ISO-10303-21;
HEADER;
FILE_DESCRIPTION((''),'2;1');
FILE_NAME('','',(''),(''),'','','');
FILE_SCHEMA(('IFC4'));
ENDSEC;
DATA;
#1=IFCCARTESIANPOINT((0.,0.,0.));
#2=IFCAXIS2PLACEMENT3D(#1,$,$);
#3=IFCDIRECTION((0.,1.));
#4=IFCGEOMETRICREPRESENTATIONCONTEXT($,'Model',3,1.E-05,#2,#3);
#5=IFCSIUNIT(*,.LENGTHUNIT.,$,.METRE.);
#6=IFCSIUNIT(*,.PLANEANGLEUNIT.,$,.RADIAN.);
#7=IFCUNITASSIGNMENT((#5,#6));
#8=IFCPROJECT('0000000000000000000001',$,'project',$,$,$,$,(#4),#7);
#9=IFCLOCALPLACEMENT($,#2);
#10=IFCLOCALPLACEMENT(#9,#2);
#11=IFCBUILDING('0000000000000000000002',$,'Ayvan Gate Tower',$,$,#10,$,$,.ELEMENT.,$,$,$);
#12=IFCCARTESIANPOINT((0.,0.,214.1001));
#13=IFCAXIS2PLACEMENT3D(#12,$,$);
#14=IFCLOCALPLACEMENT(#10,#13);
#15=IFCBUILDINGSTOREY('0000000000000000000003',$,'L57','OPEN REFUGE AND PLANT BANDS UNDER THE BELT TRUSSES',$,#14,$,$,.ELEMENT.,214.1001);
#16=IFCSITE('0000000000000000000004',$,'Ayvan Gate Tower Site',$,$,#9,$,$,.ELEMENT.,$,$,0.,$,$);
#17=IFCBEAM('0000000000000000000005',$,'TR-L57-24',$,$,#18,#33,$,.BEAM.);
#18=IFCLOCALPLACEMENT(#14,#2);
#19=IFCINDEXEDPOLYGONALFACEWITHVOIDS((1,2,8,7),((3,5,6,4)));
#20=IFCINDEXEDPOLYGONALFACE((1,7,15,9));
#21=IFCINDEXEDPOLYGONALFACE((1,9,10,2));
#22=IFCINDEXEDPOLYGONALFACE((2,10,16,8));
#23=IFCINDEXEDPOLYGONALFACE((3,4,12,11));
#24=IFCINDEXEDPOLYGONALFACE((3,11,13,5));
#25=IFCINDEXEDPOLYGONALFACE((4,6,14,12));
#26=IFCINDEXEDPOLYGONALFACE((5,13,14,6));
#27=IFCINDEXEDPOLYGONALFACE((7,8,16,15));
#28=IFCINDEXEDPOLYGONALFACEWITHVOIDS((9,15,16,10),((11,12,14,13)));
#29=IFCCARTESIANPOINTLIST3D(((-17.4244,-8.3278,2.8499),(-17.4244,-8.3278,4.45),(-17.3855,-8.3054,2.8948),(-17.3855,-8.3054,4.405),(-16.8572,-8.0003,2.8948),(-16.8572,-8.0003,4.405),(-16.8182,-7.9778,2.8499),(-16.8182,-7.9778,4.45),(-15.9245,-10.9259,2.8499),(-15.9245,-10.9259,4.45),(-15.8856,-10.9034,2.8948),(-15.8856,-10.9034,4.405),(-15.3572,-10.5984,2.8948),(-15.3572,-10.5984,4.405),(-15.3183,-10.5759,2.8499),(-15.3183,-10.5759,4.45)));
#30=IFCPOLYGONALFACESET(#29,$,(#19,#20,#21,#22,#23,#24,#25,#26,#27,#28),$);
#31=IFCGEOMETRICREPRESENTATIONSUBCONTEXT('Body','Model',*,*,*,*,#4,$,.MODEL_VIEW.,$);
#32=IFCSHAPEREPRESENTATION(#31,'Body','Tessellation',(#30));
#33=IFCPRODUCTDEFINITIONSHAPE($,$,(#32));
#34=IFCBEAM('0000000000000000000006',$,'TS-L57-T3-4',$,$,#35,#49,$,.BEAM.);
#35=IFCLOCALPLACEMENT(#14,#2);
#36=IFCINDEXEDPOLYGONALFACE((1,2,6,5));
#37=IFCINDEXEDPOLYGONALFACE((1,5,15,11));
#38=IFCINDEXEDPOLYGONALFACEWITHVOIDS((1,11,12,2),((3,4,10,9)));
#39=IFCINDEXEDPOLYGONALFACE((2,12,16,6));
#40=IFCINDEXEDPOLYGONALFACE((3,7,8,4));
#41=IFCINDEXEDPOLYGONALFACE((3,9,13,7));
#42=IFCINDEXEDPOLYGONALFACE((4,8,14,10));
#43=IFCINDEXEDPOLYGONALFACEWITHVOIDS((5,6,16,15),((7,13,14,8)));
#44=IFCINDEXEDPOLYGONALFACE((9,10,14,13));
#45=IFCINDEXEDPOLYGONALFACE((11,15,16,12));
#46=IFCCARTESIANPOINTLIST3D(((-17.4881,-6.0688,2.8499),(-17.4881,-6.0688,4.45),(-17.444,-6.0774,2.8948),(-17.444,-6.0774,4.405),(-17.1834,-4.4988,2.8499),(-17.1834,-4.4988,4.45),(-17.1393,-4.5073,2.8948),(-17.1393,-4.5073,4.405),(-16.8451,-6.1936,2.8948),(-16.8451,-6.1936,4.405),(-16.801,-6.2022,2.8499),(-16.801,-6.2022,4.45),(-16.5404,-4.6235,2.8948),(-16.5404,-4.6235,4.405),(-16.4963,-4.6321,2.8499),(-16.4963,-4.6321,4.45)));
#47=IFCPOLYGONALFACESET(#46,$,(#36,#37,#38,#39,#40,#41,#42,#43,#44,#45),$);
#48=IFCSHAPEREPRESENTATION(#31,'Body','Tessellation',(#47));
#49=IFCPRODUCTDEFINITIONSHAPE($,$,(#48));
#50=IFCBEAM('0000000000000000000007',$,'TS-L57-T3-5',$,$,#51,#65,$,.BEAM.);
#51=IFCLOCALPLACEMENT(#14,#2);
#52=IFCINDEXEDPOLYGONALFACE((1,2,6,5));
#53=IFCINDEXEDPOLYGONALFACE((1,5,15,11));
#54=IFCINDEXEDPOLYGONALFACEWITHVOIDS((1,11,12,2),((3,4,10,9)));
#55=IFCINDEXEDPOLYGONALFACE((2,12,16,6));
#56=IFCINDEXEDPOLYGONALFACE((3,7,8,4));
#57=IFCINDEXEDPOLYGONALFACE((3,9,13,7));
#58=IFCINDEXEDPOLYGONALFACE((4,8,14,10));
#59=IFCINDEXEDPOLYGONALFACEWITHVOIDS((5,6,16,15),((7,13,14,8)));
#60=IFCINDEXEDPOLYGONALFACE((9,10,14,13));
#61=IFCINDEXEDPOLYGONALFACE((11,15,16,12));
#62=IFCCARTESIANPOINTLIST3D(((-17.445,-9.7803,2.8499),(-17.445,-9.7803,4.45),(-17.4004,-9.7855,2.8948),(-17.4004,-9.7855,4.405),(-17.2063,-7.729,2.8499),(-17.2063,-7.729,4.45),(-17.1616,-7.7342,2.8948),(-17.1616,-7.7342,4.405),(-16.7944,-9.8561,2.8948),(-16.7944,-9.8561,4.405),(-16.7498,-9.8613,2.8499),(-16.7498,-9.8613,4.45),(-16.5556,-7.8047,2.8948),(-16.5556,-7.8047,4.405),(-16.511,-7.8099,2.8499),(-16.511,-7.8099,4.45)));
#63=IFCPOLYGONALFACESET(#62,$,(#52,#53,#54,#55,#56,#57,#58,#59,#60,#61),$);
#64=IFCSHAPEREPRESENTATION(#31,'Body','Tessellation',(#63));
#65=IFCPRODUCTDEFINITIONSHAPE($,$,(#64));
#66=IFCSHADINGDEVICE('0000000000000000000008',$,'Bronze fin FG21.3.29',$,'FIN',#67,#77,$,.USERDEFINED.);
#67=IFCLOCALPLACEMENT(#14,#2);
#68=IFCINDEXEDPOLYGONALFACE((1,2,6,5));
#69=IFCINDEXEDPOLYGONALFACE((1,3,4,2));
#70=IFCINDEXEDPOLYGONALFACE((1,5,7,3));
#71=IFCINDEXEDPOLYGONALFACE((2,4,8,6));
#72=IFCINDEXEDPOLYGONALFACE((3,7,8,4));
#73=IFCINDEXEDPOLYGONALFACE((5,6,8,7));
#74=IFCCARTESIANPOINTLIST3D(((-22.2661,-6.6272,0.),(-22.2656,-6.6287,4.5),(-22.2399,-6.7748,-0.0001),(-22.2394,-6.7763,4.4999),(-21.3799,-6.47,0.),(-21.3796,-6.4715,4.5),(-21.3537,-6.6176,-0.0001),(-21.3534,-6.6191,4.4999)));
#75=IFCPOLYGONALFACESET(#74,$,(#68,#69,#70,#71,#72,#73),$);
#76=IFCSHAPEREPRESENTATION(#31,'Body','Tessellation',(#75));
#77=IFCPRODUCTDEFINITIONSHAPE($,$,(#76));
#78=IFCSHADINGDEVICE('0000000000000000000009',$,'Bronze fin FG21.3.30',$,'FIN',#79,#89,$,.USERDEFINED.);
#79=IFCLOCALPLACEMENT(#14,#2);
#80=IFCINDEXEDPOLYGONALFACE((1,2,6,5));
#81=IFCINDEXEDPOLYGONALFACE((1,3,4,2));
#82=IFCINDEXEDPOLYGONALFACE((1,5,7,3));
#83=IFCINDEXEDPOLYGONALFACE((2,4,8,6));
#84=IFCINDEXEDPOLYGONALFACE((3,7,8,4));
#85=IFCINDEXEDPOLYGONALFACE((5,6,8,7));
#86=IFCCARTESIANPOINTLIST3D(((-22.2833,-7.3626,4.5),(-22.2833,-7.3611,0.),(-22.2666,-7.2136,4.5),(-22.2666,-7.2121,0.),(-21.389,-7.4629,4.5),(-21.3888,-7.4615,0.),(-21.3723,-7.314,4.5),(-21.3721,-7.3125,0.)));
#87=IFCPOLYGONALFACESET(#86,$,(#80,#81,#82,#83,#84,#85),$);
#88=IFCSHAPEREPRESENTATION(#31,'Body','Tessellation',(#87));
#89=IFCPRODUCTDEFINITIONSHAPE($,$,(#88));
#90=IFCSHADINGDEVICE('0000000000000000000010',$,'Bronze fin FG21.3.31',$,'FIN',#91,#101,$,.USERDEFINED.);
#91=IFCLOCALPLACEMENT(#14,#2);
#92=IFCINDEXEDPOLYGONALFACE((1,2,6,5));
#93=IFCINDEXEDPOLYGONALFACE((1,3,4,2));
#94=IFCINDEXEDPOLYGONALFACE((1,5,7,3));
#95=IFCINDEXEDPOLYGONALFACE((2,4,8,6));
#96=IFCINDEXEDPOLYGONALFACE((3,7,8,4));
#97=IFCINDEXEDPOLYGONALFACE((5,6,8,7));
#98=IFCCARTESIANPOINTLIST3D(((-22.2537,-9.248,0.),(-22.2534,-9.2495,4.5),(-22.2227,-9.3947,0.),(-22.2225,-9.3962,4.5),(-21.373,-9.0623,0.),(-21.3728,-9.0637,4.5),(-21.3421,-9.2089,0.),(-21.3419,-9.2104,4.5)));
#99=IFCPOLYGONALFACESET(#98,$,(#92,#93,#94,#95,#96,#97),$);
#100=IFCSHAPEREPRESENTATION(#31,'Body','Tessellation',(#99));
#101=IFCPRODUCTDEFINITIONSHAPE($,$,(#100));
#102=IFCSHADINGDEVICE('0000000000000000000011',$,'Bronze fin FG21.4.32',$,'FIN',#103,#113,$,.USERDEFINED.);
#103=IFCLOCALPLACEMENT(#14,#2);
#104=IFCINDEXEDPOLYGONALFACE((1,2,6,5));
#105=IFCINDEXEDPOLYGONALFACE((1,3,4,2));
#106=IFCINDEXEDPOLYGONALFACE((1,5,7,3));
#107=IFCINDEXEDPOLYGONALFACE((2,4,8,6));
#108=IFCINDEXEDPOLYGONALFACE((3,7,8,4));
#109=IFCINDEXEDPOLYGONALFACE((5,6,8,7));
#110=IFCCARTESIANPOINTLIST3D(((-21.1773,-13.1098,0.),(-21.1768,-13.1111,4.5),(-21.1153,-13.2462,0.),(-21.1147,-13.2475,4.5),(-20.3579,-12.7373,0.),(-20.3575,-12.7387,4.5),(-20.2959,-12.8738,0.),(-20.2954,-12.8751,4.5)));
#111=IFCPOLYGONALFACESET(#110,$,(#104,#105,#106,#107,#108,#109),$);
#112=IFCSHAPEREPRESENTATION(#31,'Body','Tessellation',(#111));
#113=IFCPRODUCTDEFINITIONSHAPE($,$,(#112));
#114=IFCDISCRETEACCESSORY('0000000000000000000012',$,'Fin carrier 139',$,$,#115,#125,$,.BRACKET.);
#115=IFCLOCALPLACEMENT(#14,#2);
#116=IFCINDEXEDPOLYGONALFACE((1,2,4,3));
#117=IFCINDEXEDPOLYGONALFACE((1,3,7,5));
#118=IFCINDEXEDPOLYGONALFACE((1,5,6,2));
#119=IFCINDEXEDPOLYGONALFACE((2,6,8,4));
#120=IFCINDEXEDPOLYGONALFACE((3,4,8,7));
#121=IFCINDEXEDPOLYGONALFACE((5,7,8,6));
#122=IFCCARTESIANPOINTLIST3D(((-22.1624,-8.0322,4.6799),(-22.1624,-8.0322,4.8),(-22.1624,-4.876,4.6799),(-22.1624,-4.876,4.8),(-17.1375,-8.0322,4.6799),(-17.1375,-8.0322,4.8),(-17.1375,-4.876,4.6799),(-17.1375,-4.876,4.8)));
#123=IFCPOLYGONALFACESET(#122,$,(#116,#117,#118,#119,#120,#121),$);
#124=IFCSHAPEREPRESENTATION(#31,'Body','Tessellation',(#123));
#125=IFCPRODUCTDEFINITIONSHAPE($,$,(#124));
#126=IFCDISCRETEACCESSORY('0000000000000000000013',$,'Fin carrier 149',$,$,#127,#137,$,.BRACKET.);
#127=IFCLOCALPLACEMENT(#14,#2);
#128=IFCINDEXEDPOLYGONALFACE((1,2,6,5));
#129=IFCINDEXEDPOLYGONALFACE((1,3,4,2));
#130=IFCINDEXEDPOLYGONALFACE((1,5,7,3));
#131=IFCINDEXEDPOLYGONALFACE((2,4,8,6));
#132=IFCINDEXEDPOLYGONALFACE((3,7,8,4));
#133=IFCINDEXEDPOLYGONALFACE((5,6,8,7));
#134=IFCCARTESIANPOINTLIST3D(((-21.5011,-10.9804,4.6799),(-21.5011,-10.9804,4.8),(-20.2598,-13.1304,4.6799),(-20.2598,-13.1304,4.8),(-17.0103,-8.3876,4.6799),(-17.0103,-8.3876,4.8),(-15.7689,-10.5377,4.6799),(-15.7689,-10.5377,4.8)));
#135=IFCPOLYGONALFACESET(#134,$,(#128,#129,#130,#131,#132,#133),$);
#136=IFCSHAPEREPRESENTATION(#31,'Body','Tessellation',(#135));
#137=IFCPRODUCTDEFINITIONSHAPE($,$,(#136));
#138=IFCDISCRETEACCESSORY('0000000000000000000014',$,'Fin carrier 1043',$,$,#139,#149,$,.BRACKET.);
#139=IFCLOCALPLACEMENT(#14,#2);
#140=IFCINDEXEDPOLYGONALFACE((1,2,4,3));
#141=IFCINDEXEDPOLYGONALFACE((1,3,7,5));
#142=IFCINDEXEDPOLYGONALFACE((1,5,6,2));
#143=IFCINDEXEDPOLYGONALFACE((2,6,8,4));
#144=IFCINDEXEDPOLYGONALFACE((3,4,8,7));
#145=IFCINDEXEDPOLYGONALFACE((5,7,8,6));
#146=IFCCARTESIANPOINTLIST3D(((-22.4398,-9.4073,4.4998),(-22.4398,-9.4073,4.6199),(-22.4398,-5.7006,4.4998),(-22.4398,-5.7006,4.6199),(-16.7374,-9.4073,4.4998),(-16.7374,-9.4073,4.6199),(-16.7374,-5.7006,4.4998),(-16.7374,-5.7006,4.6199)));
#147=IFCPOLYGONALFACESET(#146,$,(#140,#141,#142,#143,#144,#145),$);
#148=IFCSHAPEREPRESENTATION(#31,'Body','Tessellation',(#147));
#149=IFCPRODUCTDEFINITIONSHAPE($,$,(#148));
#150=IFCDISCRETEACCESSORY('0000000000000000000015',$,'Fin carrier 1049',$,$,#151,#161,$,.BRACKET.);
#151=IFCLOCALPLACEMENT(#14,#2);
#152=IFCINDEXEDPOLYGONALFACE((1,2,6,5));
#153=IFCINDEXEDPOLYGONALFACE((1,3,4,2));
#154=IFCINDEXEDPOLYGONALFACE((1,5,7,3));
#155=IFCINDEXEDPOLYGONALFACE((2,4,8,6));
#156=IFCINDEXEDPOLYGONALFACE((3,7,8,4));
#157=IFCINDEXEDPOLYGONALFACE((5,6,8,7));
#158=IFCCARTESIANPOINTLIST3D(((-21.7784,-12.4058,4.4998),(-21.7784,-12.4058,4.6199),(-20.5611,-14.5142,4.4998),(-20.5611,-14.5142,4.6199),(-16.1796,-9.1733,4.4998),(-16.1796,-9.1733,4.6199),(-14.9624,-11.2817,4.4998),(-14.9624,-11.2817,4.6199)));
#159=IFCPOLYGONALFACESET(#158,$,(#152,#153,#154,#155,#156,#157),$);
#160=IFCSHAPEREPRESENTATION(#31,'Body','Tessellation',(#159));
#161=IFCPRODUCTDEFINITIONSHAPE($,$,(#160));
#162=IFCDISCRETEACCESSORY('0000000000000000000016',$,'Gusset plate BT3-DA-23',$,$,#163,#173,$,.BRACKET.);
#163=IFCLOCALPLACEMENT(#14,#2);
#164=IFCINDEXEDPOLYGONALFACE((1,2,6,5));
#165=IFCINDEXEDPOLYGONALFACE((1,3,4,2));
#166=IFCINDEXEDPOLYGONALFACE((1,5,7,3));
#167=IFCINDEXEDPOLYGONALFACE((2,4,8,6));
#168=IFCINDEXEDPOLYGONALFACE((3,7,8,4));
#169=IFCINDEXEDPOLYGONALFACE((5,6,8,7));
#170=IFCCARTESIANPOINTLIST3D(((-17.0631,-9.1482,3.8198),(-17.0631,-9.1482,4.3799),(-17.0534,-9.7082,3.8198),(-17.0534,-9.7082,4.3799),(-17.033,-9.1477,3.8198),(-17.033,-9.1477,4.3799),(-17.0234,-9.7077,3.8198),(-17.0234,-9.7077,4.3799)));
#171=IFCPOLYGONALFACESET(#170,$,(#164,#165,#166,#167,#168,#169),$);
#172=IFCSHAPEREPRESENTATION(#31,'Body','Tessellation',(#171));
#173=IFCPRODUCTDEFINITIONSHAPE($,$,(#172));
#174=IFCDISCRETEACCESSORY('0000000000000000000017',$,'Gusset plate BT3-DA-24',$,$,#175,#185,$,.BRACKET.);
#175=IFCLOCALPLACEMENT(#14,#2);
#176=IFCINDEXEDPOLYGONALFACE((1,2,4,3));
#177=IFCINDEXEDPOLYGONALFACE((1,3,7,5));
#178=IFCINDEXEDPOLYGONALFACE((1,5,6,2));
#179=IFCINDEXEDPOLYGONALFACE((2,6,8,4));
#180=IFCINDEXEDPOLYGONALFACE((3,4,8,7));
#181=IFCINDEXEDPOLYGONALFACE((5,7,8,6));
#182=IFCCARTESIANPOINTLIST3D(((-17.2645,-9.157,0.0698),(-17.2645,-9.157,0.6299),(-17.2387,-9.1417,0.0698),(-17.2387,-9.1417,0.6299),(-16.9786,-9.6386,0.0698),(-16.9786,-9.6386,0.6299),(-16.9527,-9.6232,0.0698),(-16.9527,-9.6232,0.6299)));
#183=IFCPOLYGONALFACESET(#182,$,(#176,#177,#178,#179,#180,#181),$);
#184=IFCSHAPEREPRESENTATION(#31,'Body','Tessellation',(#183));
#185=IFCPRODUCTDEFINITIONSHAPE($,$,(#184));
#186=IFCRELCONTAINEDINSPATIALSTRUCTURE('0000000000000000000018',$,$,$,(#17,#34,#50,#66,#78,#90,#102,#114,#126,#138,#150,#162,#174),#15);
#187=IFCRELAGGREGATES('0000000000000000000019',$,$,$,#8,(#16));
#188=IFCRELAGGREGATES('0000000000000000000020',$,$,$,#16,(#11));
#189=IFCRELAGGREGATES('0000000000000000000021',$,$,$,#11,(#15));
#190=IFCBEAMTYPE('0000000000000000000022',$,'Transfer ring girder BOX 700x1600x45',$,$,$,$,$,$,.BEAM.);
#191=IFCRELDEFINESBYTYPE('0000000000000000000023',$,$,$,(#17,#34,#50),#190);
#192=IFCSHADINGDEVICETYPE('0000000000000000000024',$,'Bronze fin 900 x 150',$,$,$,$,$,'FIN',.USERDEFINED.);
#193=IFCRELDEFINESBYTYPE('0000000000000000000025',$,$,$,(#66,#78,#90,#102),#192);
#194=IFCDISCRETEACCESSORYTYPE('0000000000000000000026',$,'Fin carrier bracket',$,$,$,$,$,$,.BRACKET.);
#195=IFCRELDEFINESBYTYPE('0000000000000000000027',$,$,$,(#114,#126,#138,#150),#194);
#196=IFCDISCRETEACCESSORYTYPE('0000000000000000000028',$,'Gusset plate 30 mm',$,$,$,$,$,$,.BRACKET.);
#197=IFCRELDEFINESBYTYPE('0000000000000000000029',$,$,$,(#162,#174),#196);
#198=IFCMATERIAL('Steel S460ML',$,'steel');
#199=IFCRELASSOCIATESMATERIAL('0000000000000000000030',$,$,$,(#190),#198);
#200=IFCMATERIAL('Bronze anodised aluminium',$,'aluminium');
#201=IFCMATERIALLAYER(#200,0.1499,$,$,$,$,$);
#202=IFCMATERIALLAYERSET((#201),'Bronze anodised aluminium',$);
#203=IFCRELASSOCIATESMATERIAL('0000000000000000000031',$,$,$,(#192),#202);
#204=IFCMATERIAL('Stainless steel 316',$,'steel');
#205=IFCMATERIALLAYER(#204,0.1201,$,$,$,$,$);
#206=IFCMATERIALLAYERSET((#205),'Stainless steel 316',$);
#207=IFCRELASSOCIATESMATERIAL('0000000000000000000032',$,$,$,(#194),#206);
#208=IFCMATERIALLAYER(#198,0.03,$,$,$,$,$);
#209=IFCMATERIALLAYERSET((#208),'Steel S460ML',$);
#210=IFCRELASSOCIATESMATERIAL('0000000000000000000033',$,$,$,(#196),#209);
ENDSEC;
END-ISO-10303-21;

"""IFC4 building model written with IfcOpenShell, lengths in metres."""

from ifc_helpers import new_model, si_unit, direction, frame, origin, origin_2d, place, context, subcontext, project, spatial, polyline, rectangle, hollow_rectangle, outline, extrude, material, layer, layer_set, material_profile, profile_set, type_object, element, save


model = new_model("IFC4")

# Units and contexts
model_context = context("Model", 3, precision=1e-05, world=origin(), true_north=direction((0.0, 1.0)))
body_context = subcontext(model_context, "Body", "Model", "MODEL_VIEW")
ifc_project = project(units=[si_unit("LENGTHUNIT", "METRE"), si_unit("PLANEANGLEUNIT", "RADIAN")], contexts=[model_context])

# Site, building, storey
site_placement = place(None, origin())
site = spatial("IfcSite", under=ifc_project, at=site_placement, Name="Ayvan Gate Tower Site", CompositionType="ELEMENT", RefElevation=0.0)
building_placement = place(site_placement, origin())
building = spatial("IfcBuilding", under=site, at=building_placement, Name="Ayvan Gate Tower", CompositionType="ELEMENT")
storey_placement = place(building_placement, frame((0.0, 0.0, 214.1001)))
storey = spatial("IfcBuildingStorey", under=building, at=storey_placement, Name="L57", Description="OPEN REFUGE AND PLANT BANDS UNDER THE BELT TRUSSES", CompositionType="ELEMENT", Elevation=214.1001)

# Shared definitions
ifc_material_1 = material(Name="Steel S460ML", Category="steel")

# Beams
ifc_material_profile_1 = material_profile(ifc_material_1, hollow_rectangle(XDim=0.7, YDim=1.6001, WallThickness=0.0449, at=origin_2d()), Name="BOX 700x1600x45")
ifc_profile_set_1 = profile_set([ifc_material_profile_1], Name="Steel S460ML")
beam_type_1 = type_object("IfcBeamType", Name="Transfer ring girder BOX 700x1600x45", PredefinedType="BEAM", material=ifc_profile_set_1)
beam_1_placement = place(storey_placement, frame((-17.1213, -8.1528, 3.6499), z_axis=(0.49999, -0.866031, 0.0), x_axis=(0.866031, 0.49999, 0.0)))
element("IfcBeam", 1, at=beam_1_placement, inside=storey, type_object=beam_type_1, Name="TR-L57-24", PredefinedType="BEAM", context=body_context, shape_type="SweptSolid", body=[
    extrude(hollow_rectangle(XDim=0.7, YDim=1.6001, WallThickness=0.0449, at=origin_2d()), origin(), (0.0, 0.0, 1.0), 3.0),
])
beam_2_placement = place(storey_placement, frame((-17.1445, -6.1355, 3.6499), z_axis=(0.190506, 0.981686, 0.0), x_axis=(-0.981686, 0.190506, 0.0)))
element("IfcBeam", 2, at=beam_2_placement, inside=storey, type_object=beam_type_1, Name="TS-L57-T3-4", PredefinedType="BEAM", context=body_context, shape_type="SweptSolid", body=[
    extrude(hollow_rectangle(XDim=0.7, YDim=1.6001, WallThickness=0.0449, at=origin_2d()), origin(), (0.0, 0.0, 1.0), 1.5994),
])
beam_3_placement = place(storey_placement, frame((-17.0974, -9.8208, 3.6499), z_axis=(0.11562, 0.993293, 0.0), x_axis=(-0.993293, 0.11562, 0.0)))
element("IfcBeam", 3, at=beam_3_placement, inside=storey, type_object=beam_type_1, Name="TS-L57-T3-5", PredefinedType="BEAM", context=body_context, shape_type="SweptSolid", body=[
    extrude(hollow_rectangle(XDim=0.7, YDim=1.6001, WallThickness=0.0449, at=origin_2d()), origin(), (0.0, 0.0, 1.0), 2.0652),
])

# Shading devices
ifc_material_2 = material(Name="Bronze anodised aluminium", Category="aluminium")
ifc_layer_1 = layer(ifc_material_2, 0.1499)
ifc_layer_set_1 = layer_set([ifc_layer_1], Name="Bronze anodised aluminium")
shading_device_type = type_object("IfcShadingDeviceType", Name="Bronze fin 900 x 150", ElementType="FIN", PredefinedType="USERDEFINED", material=ifc_layer_set_1)
shading_device_1_placement = place(storey_placement, frame((-21.3799, -6.47, 0.0), z_axis=(-0.174706, 0.984621, 0.000335), x_axis=(-0.984621, -0.174706, 0.0)))
element("IfcShadingDevice", 4, at=shading_device_1_placement, inside=storey, type_object=shading_device_type, Name="Bronze fin FG21.3.29", ObjectType="FIN", PredefinedType="USERDEFINED", context=body_context, shape_type="SweptSolid", body=[
    extrude(outline(polyline([(0.0, 0.0), (0.9001, 0.0), (0.8998, 4.5), (0.0, 4.5), (0.0, 0.0)])), origin(), (0.0, 0.0, -1.0), 0.1499),
])
shading_device_2_placement = place(storey_placement, frame((-21.3721, -7.3125, 0.0), z_axis=(0.111488, 0.993766, 0.000327), x_axis=(-0.993766, 0.111488, 0.0)))
element("IfcShadingDevice", 5, at=shading_device_2_placement, inside=storey, type_object=shading_device_type, Name="Bronze fin FG21.3.30", ObjectType="FIN", PredefinedType="USERDEFINED", context=body_context, shape_type="SweptSolid", body=[
    extrude(outline(polyline([(0.0, 0.0), (0.9001, 0.0), (0.9, 4.5), (0.0001, 4.5), (0.0, 0.0)])), origin(), (0.0, 0.0, -1.0), 0.1499),
])
shading_device_3_placement = place(storey_placement, frame((-21.373, -9.0623, 0.0), z_axis=(-0.206434, 0.97846, 0.00033), x_axis=(-0.97846, -0.206434, 0.0)))
element("IfcShadingDevice", 6, at=shading_device_3_placement, inside=storey, type_object=shading_device_type, Name="Bronze fin FG21.3.31", ObjectType="FIN", PredefinedType="USERDEFINED", context=body_context, shape_type="SweptSolid", body=[
    extrude(outline(polyline([(0.0, 0.0), (0.9, 0.0), (0.9001, 4.5), (0.0001, 4.5), (0.0, 0.0)])), origin(), (0.0, 0.0, -1.0), 0.1499),
])
shading_device_4_placement = place(storey_placement, frame((-20.3579, -12.7373, 0.0), z_axis=(-0.413813, 0.910362, 0.000317), x_axis=(-0.910362, -0.413813, 0.0)))
element("IfcShadingDevice", 7, at=shading_device_4_placement, inside=storey, type_object=shading_device_type, Name="Bronze fin FG21.4.32", ObjectType="FIN", PredefinedType="USERDEFINED", context=body_context, shape_type="SweptSolid", body=[
    extrude(outline(polyline([(0.0, 0.0), (0.9001, 0.0), (0.9001, 4.5), (0.0002, 4.5), (0.0, 0.0)])), origin(), (0.0, 0.0, -1.0), 0.1499),
])

# Discrete accessories
ifc_material_3 = material(Name="Stainless steel 316", Category="steel")
ifc_layer_2 = layer(ifc_material_3, 0.1201)
ifc_layer_set_2 = layer_set([ifc_layer_2], Name="Stainless steel 316")
discrete_accessory_type_1 = type_object("IfcDiscreteAccessoryType", Name="Fin carrier bracket", PredefinedType="BRACKET", material=ifc_layer_set_2)
discrete_accessory_1_placement = place(storey_placement, frame((-19.6499, -6.4541, 4.6799), z_axis=(0.0, 0.0, 1.0), x_axis=(0.0, -1.0, 0.0)))
element("IfcDiscreteAccessory", 8, at=discrete_accessory_1_placement, inside=storey, type_object=discrete_accessory_type_1, Name="Fin carrier 139", PredefinedType="BRACKET", context=body_context, shape_type="SweptSolid", body=[
    extrude(rectangle(XDim=3.1562, YDim=5.0249, at=origin_2d()), origin(), (0.0, 0.0, 1.0), 0.1201),
])
discrete_accessory_2_placement = place(storey_placement, frame((-18.635, -10.759, 4.6799), z_axis=(0.0, 0.0, 1.0), x_axis=(0.5, -0.866025, 0.0)))
element("IfcDiscreteAccessory", 9, at=discrete_accessory_2_placement, inside=storey, type_object=discrete_accessory_type_1, Name="Fin carrier 149", PredefinedType="BRACKET", context=body_context, shape_type="SweptSolid", body=[
    extrude(rectangle(XDim=2.4827, YDim=5.1855, at=origin_2d()), origin(), (0.0, 0.0, 1.0), 0.1201),
])
discrete_accessory_3_placement = place(storey_placement, frame((-19.5886, -7.554, 4.4998), z_axis=(0.0, 0.0, 1.0), x_axis=(0.0, -1.0, 0.0)))
element("IfcDiscreteAccessory", 10, at=discrete_accessory_3_placement, inside=storey, type_object=discrete_accessory_type_1, Name="Fin carrier 1043", PredefinedType="BRACKET", context=body_context, shape_type="SweptSolid", body=[
    extrude(rectangle(XDim=3.7068, YDim=5.7024, at=origin_2d()), origin(), (0.0, 0.0, 1.0), 0.1201),
])
discrete_accessory_4_placement = place(storey_placement, frame((-18.3704, -11.8438, 4.4998), z_axis=(0.0, 0.0, 1.0), x_axis=(0.5, -0.866025, 0.0)))
element("IfcDiscreteAccessory", 11, at=discrete_accessory_4_placement, inside=storey, type_object=discrete_accessory_type_1, Name="Fin carrier 1049", PredefinedType="BRACKET", context=body_context, shape_type="SweptSolid", body=[
    extrude(rectangle(XDim=2.4346, YDim=6.4648, at=origin_2d()), origin(), (0.0, 0.0, 1.0), 0.1201),
])
ifc_layer_3 = layer(ifc_material_1, 0.03)
ifc_layer_set_3 = layer_set([ifc_layer_3], Name="Steel S460ML")
discrete_accessory_type_2 = type_object("IfcDiscreteAccessoryType", Name="Gusset plate 30 mm", PredefinedType="BRACKET", material=ifc_layer_set_3)
for number, where, z_axis, x_axis, name in (
    (12, (-17.0432, -9.428, 3.8198), (0.0, 0.0, 1.0), (-0.01725, 0.999851, 0.0), "Gusset plate BT3-DA-23"),
    (13, (-17.1086, -9.3901, 0.0698), (0.0, 0.0, 1.0), (-0.510637, 0.859796, 0.0), "Gusset plate BT3-DA-24"),
):
    element("IfcDiscreteAccessory", number, at=place(storey_placement, frame(where, z_axis=z_axis, x_axis=x_axis)), inside=storey, type_object=discrete_accessory_type_2, Name=name, PredefinedType="BRACKET", context=body_context, shape_type="SweptSolid", body=[
        extrude(rectangle(XDim=0.5601, YDim=0.03, at=origin_2d()), origin(), (0.0, 0.0, 1.0), 0.5601),
    ])

save(model, "model.ifc")
